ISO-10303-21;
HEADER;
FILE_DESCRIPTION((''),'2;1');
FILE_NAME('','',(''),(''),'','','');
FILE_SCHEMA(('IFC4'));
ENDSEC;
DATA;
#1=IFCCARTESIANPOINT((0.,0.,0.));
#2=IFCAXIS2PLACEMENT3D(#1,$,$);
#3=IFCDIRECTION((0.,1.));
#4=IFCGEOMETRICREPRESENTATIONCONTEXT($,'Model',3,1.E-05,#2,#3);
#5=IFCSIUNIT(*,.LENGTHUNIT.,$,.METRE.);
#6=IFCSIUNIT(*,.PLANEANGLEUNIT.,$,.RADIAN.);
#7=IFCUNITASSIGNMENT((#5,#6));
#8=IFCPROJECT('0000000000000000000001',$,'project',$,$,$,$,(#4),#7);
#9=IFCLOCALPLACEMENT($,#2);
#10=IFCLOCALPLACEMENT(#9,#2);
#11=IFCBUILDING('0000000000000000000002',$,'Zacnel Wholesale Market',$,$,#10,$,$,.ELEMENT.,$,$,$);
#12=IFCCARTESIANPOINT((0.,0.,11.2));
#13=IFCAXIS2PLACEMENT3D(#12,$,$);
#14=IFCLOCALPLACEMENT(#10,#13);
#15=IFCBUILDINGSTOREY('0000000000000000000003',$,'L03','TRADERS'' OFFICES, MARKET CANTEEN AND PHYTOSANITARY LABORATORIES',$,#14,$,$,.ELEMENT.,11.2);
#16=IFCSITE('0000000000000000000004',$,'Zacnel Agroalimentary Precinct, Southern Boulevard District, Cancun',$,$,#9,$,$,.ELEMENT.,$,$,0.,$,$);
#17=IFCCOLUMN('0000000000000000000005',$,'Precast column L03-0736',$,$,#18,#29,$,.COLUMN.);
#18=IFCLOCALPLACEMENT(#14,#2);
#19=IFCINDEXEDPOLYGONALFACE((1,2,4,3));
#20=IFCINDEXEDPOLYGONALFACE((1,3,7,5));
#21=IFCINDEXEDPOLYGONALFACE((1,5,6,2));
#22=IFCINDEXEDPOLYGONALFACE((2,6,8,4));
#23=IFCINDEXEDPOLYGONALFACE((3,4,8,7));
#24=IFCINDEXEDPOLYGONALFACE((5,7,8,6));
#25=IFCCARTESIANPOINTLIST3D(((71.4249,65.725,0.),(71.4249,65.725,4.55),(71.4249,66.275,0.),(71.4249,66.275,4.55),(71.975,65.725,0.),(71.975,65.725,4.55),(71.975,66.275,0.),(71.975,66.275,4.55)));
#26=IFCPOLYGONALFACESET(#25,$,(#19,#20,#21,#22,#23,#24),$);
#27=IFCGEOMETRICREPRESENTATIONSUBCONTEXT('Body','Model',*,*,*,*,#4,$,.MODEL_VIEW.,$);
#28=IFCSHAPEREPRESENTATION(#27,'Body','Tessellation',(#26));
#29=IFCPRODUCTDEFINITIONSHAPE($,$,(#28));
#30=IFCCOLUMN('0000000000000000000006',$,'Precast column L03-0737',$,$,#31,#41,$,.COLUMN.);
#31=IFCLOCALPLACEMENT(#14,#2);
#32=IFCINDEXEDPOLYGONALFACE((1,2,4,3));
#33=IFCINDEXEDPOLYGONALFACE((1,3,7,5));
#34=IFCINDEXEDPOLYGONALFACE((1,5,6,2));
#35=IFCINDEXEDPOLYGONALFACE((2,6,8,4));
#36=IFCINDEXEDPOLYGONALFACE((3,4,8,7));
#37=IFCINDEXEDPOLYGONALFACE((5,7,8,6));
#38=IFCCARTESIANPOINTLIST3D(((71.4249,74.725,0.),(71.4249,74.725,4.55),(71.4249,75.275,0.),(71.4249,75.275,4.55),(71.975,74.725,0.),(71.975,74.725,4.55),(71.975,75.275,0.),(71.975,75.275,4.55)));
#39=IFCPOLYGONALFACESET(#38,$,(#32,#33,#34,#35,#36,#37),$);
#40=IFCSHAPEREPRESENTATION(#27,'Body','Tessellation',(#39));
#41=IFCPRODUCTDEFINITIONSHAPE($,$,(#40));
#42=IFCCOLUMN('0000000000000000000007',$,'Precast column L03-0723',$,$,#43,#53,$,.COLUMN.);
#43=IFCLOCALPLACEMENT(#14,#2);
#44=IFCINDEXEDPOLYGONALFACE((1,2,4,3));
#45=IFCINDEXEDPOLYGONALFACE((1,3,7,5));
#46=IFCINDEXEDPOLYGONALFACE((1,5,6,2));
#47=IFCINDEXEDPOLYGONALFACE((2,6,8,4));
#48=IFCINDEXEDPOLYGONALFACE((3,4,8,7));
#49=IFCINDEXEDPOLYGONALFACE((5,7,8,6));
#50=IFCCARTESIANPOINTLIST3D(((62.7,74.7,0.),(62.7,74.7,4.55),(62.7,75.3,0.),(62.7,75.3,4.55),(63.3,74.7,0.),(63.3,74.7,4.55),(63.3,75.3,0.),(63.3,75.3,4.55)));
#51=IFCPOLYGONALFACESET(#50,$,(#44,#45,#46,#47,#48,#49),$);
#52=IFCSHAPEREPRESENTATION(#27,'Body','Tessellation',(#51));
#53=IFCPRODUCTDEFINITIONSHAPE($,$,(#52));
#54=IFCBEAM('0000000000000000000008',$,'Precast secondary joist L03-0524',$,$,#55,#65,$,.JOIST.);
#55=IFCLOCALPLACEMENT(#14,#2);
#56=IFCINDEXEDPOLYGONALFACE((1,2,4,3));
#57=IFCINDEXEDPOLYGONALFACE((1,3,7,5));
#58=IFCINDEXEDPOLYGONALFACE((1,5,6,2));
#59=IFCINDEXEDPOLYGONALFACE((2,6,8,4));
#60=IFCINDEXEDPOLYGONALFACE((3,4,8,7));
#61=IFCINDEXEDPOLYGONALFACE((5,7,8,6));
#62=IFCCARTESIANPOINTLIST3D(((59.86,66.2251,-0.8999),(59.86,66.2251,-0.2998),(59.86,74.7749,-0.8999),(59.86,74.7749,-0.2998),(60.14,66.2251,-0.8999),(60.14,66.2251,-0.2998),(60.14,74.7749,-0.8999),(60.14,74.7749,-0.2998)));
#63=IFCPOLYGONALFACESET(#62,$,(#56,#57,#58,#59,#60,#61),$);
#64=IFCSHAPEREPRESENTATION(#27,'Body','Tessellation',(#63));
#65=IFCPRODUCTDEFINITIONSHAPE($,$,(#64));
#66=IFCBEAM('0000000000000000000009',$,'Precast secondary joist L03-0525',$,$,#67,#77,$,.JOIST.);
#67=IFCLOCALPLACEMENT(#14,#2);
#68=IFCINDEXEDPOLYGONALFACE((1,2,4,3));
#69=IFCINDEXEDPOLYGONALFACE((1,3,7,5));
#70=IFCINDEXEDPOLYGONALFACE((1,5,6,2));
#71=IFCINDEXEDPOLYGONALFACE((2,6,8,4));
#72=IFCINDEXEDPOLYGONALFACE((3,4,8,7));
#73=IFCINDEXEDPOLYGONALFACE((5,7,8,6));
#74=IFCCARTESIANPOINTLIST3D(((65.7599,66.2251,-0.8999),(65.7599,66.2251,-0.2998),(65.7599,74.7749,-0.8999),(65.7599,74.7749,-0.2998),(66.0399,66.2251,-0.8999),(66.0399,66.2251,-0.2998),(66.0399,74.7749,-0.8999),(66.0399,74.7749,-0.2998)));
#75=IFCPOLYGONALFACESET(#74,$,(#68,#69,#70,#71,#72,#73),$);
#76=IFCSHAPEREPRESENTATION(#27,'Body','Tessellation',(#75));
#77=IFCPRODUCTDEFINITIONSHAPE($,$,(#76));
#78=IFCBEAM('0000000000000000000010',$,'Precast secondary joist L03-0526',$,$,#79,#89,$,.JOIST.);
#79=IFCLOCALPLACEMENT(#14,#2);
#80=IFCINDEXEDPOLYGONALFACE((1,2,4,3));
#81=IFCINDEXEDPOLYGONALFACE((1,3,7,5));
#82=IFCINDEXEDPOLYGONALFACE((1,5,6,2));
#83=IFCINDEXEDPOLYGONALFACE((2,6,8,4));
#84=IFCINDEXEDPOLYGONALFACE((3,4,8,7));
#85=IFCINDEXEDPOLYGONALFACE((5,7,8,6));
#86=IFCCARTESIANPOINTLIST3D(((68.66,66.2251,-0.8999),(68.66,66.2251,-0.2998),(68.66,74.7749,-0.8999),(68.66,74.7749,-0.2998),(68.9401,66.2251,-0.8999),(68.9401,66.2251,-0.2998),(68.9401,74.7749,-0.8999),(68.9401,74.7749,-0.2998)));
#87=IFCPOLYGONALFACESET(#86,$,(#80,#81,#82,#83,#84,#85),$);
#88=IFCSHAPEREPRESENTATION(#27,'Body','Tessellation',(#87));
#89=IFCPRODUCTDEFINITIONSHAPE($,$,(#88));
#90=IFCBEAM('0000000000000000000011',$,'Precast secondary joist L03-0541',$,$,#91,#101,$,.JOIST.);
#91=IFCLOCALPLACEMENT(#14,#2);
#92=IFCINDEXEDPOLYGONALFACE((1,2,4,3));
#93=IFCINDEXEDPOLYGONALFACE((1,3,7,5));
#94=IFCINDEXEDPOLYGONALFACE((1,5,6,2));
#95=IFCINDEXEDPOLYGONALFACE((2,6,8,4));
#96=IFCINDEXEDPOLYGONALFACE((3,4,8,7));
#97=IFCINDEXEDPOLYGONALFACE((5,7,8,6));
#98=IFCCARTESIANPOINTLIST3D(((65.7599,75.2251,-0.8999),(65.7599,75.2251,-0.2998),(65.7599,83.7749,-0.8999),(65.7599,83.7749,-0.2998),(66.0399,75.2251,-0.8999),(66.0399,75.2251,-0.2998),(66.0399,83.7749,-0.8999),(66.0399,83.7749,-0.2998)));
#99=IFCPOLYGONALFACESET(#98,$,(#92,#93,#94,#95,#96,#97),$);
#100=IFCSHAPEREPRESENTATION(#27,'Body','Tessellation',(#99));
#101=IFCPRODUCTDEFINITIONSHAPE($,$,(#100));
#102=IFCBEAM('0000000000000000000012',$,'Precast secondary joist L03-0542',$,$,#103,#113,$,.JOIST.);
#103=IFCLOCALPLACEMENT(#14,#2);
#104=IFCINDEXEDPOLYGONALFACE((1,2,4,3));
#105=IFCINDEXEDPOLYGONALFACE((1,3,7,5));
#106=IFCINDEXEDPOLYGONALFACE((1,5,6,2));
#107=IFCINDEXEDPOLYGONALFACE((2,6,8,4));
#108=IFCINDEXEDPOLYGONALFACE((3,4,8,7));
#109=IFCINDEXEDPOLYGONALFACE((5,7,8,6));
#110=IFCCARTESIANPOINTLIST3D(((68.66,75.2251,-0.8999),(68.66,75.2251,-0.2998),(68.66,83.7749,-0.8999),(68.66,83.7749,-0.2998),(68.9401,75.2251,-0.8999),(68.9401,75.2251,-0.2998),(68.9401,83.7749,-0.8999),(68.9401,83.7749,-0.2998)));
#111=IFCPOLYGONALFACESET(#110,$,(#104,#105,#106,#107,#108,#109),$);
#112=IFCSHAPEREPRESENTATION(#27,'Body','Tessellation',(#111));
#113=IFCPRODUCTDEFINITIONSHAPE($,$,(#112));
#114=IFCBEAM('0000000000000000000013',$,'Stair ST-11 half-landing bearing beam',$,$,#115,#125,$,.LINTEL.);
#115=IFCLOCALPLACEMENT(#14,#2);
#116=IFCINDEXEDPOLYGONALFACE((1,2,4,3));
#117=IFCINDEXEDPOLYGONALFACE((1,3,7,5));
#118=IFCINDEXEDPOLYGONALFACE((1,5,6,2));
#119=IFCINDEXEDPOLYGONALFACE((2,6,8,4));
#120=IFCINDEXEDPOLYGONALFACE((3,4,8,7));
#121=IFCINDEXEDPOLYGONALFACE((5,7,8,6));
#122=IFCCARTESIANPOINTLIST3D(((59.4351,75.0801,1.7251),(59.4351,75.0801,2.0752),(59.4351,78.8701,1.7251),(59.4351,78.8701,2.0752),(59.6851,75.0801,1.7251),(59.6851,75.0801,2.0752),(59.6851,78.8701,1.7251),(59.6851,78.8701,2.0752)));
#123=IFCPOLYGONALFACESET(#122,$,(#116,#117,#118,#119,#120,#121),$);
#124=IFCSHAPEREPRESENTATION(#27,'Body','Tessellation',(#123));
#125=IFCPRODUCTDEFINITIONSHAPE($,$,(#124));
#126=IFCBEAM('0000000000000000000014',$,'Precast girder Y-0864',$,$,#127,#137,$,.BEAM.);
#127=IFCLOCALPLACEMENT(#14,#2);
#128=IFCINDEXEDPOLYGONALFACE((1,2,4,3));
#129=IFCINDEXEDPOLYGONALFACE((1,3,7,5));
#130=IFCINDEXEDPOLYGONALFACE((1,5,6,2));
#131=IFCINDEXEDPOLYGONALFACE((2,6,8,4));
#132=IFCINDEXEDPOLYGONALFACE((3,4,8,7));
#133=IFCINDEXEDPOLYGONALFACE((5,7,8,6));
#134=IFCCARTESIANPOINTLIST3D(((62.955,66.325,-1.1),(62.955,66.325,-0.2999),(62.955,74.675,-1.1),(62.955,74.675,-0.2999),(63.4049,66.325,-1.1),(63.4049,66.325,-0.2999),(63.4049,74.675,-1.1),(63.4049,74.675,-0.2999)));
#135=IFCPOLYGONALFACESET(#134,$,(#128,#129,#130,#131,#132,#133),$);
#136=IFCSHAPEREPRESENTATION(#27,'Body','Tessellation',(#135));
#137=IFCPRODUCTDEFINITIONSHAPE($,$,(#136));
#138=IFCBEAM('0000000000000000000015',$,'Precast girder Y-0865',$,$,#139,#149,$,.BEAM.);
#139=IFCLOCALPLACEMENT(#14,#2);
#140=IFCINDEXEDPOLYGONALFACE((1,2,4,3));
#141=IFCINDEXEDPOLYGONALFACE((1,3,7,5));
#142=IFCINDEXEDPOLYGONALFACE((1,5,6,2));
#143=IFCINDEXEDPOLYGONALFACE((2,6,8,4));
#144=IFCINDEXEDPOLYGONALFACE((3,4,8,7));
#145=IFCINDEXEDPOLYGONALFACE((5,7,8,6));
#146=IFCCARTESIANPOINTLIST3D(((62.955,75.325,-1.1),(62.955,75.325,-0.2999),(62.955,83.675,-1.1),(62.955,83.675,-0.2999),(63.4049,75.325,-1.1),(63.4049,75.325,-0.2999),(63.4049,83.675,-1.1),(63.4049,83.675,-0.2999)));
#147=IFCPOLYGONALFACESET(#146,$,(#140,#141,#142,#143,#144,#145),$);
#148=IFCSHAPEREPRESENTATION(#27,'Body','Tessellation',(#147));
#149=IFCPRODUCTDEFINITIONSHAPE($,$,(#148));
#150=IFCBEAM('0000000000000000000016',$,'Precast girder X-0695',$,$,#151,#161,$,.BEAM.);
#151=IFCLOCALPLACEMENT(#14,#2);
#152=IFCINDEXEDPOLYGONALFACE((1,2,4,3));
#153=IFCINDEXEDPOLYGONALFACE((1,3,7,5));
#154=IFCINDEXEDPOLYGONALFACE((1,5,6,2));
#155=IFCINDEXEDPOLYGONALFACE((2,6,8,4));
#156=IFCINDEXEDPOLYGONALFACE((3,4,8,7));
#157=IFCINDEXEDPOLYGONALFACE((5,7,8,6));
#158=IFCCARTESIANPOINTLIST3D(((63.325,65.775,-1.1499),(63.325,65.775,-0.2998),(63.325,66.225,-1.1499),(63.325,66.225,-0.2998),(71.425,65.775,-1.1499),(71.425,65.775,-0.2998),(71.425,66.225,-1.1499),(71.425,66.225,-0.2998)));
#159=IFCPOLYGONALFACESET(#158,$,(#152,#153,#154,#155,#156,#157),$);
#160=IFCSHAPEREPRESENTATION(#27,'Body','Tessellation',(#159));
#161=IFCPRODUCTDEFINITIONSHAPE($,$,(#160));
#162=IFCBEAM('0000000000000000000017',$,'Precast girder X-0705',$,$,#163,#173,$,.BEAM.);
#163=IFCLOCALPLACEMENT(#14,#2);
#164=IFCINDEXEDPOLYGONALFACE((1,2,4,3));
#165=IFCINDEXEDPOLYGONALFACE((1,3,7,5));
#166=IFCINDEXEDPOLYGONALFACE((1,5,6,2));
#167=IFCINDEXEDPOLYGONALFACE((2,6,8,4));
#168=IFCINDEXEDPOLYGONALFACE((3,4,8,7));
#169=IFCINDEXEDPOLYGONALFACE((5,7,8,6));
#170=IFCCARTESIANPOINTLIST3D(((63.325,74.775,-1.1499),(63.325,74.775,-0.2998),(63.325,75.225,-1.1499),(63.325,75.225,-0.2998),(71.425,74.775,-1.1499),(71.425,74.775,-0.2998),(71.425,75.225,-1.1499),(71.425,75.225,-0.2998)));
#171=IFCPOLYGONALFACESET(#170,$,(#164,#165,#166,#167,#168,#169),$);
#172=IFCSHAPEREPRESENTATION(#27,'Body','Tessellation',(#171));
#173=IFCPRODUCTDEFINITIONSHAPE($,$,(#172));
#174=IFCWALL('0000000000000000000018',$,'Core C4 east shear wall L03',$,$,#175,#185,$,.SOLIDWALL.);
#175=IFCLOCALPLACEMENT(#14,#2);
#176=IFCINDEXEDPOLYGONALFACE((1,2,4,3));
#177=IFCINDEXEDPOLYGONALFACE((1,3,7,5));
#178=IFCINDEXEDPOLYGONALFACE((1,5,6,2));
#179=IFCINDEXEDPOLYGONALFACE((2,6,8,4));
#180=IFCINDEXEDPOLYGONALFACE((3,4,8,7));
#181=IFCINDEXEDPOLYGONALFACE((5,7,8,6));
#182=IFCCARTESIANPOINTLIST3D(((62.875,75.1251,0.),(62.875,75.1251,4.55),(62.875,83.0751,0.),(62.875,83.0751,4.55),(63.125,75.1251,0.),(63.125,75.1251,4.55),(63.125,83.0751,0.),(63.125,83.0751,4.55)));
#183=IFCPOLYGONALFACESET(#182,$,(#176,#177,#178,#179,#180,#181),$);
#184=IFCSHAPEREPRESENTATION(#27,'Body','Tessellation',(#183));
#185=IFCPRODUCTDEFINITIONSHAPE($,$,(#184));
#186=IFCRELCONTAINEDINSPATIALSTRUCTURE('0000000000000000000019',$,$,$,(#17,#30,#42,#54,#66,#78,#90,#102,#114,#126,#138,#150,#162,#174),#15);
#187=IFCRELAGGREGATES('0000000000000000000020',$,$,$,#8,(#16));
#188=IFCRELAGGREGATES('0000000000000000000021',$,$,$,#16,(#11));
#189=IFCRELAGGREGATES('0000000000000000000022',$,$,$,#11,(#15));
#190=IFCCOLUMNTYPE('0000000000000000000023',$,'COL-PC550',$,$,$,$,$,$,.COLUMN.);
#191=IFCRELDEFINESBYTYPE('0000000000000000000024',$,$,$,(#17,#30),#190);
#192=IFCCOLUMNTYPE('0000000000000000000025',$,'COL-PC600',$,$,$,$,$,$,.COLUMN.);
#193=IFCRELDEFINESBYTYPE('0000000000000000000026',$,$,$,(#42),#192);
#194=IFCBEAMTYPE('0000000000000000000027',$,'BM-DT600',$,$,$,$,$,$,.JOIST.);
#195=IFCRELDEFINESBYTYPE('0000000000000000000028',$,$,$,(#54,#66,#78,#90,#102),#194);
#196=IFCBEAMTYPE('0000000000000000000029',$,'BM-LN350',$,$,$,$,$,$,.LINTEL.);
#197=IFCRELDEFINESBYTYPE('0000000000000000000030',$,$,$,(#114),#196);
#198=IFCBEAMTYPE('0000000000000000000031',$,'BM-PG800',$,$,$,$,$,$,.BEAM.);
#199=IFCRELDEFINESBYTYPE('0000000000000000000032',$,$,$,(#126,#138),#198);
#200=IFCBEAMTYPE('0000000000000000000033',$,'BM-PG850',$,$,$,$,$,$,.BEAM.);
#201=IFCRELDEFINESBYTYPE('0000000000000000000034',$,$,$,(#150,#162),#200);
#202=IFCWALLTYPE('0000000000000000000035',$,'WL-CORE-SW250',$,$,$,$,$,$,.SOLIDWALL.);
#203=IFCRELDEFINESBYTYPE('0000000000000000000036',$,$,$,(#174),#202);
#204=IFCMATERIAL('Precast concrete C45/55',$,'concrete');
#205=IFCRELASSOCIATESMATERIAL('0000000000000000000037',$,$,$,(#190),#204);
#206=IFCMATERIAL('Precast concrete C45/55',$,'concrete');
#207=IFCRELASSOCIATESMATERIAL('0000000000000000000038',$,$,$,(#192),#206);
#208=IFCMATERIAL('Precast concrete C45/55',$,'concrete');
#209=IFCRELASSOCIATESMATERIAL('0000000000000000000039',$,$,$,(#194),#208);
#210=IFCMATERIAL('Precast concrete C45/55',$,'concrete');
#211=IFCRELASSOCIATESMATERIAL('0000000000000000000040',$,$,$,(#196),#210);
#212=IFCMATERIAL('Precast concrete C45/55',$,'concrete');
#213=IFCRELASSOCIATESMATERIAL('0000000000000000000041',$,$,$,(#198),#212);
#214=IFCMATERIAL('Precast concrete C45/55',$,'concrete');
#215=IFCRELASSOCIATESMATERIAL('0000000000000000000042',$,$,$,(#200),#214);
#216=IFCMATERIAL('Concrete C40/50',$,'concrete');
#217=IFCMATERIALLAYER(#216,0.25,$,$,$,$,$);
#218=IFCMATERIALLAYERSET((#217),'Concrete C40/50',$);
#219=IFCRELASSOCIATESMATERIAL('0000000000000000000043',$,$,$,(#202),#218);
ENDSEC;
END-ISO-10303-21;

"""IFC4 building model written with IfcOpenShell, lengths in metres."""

from ifc_helpers import new_model, si_unit, direction, frame, frame_2d, origin, origin_2d, place, context, subcontext, project, spatial, rectangle, extrude, material, layer, layer_set, material_profile, profile_set, type_object, element, save


model = new_model("IFC4")

# Units and contexts
model_context = context("Model", 3, precision=1e-05, world=origin(), true_north=direction((0.0, 1.0)))
body_context = subcontext(model_context, "Body", "Model", "MODEL_VIEW")
ifc_project = project(units=[si_unit("LENGTHUNIT", "METRE"), si_unit("PLANEANGLEUNIT", "RADIAN")], contexts=[model_context])

# Site, building, storey
site_placement = place(None, origin())
site = spatial("IfcSite", under=ifc_project, at=site_placement, Name="Zacnel Agroalimentary Precinct, Southern Boulevard District, Cancun", CompositionType="ELEMENT", RefElevation=0.0)
building_placement = place(site_placement, origin())
building = spatial("IfcBuilding", under=site, at=building_placement, Name="Zacnel Wholesale Market", CompositionType="ELEMENT")
storey_placement = place(building_placement, frame((0.0, 0.0, 11.2)))
storey = spatial("IfcBuildingStorey", under=building, at=storey_placement, Name="L03", Description="TRADERS' OFFICES, MARKET CANTEEN AND PHYTOSANITARY LABORATORIES", CompositionType="ELEMENT", Elevation=11.2)

# Columns
ifc_material_1 = material(Name="Precast concrete C45/55", Category="concrete")
ifc_material_profile_1 = material_profile(ifc_material_1, rectangle(XDim=0.55, YDim=0.55, at=origin_2d()), Name="PC 550x550")
ifc_profile_set_1 = profile_set([ifc_material_profile_1], Name="Precast concrete C45/55")
column_type_1 = type_object("IfcColumnType", Name="COL-PC550", PredefinedType="COLUMN", material=ifc_profile_set_1)
for number, where, z_axis, x_axis, name in (
    (1, (71.7, 66.0, 0.0), (0.0, 0.0, 1.0), (1.0, 0.0, 0.0), "Precast column L03-0736"),
    (2, (71.7, 75.0, 0.0), (0.0, 0.0, 1.0), (1.0, 0.0, 0.0), "Precast column L03-0737"),
):
    element("IfcColumn", number, at=place(storey_placement, frame(where, z_axis=z_axis, x_axis=x_axis)), inside=storey, type_object=column_type_1, Name=name, PredefinedType="COLUMN", context=body_context, shape_type="SweptSolid", body=[
        extrude(rectangle(XDim=0.55, YDim=0.55, at=origin_2d()), origin(), (0.0, 0.0, 1.0), 4.55),
    ])
ifc_material_2 = material(Name="Precast concrete C45/55", Category="concrete")
ifc_material_profile_2 = material_profile(ifc_material_2, rectangle(XDim=0.6001, YDim=0.6001, at=origin_2d()), Name="PC 600x600")
ifc_profile_set_2 = profile_set([ifc_material_profile_2], Name="Precast concrete C45/55")
column_type_2 = type_object("IfcColumnType", Name="COL-PC600", PredefinedType="COLUMN", material=ifc_profile_set_2)
column_placement = place(storey_placement, frame((63.0, 75.0, 0.0), z_axis=(0.0, 0.0, 1.0), x_axis=(1.0, 0.0, 0.0)))
element("IfcColumn", 3, at=column_placement, inside=storey, type_object=column_type_2, Name="Precast column L03-0723", PredefinedType="COLUMN", context=body_context, shape_type="SweptSolid", body=[
    extrude(rectangle(XDim=0.6001, YDim=0.6001, at=origin_2d()), origin(), (0.0, 0.0, 1.0), 4.55),
])

# Beams
ifc_material_3 = material(Name="Precast concrete C45/55", Category="concrete")
ifc_material_profile_3 = material_profile(ifc_material_3, rectangle(XDim=0.28, YDim=0.6001, at=origin_2d()), Name="DT RIB 280x600")
ifc_profile_set_3 = profile_set([ifc_material_profile_3], Name="Precast concrete C45/55")
beam_type_1 = type_object("IfcBeamType", Name="BM-DT600", PredefinedType="JOIST", material=ifc_profile_set_3)
for number, where, z_axis, x_axis, name in (
    (4, (60.0, 66.2251, -0.5999), (0.0, 1.0, 0.0), (-1.0, 0.0, 0.0), "Precast secondary joist L03-0524"),
    (5, (65.8999, 66.2251, -0.5999), (0.0, 1.0, 0.0), (-1.0, 0.0, 0.0), "Precast secondary joist L03-0525"),
    (6, (68.8, 66.2251, -0.5999), (0.0, 1.0, 0.0), (-1.0, 0.0, 0.0), "Precast secondary joist L03-0526"),
    (7, (65.8999, 75.2251, -0.5999), (0.0, 1.0, 0.0), (-1.0, 0.0, 0.0), "Precast secondary joist L03-0541"),
    (8, (68.8, 75.2251, -0.5999), (0.0, 1.0, 0.0), (-1.0, 0.0, 0.0), "Precast secondary joist L03-0542"),
):
    element("IfcBeam", number, at=place(storey_placement, frame(where, z_axis=z_axis, x_axis=x_axis)), inside=storey, type_object=beam_type_1, Name=name, PredefinedType="JOIST", context=body_context, shape_type="SweptSolid", body=[
        extrude(rectangle(XDim=0.28, YDim=0.6001, at=origin_2d()), origin(), (0.0, 0.0, 1.0), 8.5498),
    ])
ifc_material_4 = material(Name="Precast concrete C45/55", Category="concrete")
ifc_material_profile_4 = material_profile(ifc_material_4, rectangle(XDim=0.25, YDim=0.3501, at=origin_2d()), Name="LN 250x350")
ifc_profile_set_4 = profile_set([ifc_material_profile_4], Name="Precast concrete C45/55")
beam_type_2 = type_object("IfcBeamType", Name="BM-LN350", PredefinedType="LINTEL", material=ifc_profile_set_4)
beam_placement = place(storey_placement, frame((59.5601, 75.0801, 1.9001), z_axis=(0.0, 1.0, 0.0), x_axis=(-1.0, 0.0, 0.0)))
element("IfcBeam", 9, at=beam_placement, inside=storey, type_object=beam_type_2, Name="Stair ST-11 half-landing bearing beam", PredefinedType="LINTEL", context=body_context, shape_type="SweptSolid", body=[
    extrude(rectangle(XDim=0.25, YDim=0.3501, at=origin_2d()), origin(), (0.0, 0.0, 1.0), 3.79),
])
ifc_material_5 = material(Name="Precast concrete C45/55", Category="concrete")
ifc_material_profile_5 = material_profile(ifc_material_5, rectangle(XDim=0.45, YDim=0.8, at=origin_2d()), Name="PG 450x800")
ifc_profile_set_5 = profile_set([ifc_material_profile_5], Name="Precast concrete C45/55")
beam_type_3 = type_object("IfcBeamType", Name="BM-PG800", PredefinedType="BEAM", material=ifc_profile_set_5)
for number, where, z_axis, x_axis, name in (
    (10, (63.1799, 66.325, -0.7), (0.0, 1.0, 0.0), (-1.0, 0.0, 0.0), "Precast girder Y-0864"),
    (11, (63.1799, 75.325, -0.7), (0.0, 1.0, 0.0), (-1.0, 0.0, 0.0), "Precast girder Y-0865"),
):
    element("IfcBeam", number, at=place(storey_placement, frame(where, z_axis=z_axis, x_axis=x_axis)), inside=storey, type_object=beam_type_3, Name=name, PredefinedType="BEAM", context=body_context, shape_type="SweptSolid", body=[
        extrude(rectangle(XDim=0.45, YDim=0.8, at=origin_2d()), origin(), (0.0, 0.0, 1.0), 8.3501),
    ])
ifc_material_6 = material(Name="Precast concrete C45/55", Category="concrete")
ifc_material_profile_6 = material_profile(ifc_material_6, rectangle(XDim=0.45, YDim=0.8501, at=origin_2d()), Name="PG 450x850")
ifc_profile_set_6 = profile_set([ifc_material_profile_6], Name="Precast concrete C45/55")
beam_type_4 = type_object("IfcBeamType", Name="BM-PG850", PredefinedType="BEAM", material=ifc_profile_set_6)
for number, where, z_axis, x_axis, name in (
    (12, (63.325, 66.0, -0.7249), (1.0, 0.0, 0.0), (0.0, 1.0, 0.0), "Precast girder X-0695"),
    (13, (63.325, 75.0, -0.7249), (1.0, 0.0, 0.0), (0.0, 1.0, 0.0), "Precast girder X-0705"),
):
    element("IfcBeam", number, at=place(storey_placement, frame(where, z_axis=z_axis, x_axis=x_axis)), inside=storey, type_object=beam_type_4, Name=name, PredefinedType="BEAM", context=body_context, shape_type="SweptSolid", body=[
        extrude(rectangle(XDim=0.45, YDim=0.8501, at=origin_2d()), origin(), (0.0, 0.0, 1.0), 8.1001),
    ])

# Wall
ifc_material_7 = material(Name="Concrete C40/50", Category="concrete")
ifc_layer_1 = layer(ifc_material_7, 0.25)
ifc_layer_set_1 = layer_set([ifc_layer_1], Name="Concrete C40/50")
wall_type_1 = type_object("IfcWallType", Name="WL-CORE-SW250", PredefinedType="SOLIDWALL", material=ifc_layer_set_1)
wall_1_placement = place(storey_placement, frame((63.0, 75.125, 0.0), z_axis=(0.0, 0.0, 1.0), x_axis=(0.0, 1.0, 0.0)))
element("IfcWall", 14, at=wall_1_placement, inside=storey, type_object=wall_type_1, Name="Core C4 east shear wall L03", PredefinedType="SOLIDWALL", context=body_context, shape_type="SweptSolid", body=[
    extrude(rectangle(XDim=7.95, YDim=0.25, at=frame_2d((3.9751, 0.0))), origin(), (0.0, 0.0, 1.0), 4.55),
])

save(model, "model.ifc")
